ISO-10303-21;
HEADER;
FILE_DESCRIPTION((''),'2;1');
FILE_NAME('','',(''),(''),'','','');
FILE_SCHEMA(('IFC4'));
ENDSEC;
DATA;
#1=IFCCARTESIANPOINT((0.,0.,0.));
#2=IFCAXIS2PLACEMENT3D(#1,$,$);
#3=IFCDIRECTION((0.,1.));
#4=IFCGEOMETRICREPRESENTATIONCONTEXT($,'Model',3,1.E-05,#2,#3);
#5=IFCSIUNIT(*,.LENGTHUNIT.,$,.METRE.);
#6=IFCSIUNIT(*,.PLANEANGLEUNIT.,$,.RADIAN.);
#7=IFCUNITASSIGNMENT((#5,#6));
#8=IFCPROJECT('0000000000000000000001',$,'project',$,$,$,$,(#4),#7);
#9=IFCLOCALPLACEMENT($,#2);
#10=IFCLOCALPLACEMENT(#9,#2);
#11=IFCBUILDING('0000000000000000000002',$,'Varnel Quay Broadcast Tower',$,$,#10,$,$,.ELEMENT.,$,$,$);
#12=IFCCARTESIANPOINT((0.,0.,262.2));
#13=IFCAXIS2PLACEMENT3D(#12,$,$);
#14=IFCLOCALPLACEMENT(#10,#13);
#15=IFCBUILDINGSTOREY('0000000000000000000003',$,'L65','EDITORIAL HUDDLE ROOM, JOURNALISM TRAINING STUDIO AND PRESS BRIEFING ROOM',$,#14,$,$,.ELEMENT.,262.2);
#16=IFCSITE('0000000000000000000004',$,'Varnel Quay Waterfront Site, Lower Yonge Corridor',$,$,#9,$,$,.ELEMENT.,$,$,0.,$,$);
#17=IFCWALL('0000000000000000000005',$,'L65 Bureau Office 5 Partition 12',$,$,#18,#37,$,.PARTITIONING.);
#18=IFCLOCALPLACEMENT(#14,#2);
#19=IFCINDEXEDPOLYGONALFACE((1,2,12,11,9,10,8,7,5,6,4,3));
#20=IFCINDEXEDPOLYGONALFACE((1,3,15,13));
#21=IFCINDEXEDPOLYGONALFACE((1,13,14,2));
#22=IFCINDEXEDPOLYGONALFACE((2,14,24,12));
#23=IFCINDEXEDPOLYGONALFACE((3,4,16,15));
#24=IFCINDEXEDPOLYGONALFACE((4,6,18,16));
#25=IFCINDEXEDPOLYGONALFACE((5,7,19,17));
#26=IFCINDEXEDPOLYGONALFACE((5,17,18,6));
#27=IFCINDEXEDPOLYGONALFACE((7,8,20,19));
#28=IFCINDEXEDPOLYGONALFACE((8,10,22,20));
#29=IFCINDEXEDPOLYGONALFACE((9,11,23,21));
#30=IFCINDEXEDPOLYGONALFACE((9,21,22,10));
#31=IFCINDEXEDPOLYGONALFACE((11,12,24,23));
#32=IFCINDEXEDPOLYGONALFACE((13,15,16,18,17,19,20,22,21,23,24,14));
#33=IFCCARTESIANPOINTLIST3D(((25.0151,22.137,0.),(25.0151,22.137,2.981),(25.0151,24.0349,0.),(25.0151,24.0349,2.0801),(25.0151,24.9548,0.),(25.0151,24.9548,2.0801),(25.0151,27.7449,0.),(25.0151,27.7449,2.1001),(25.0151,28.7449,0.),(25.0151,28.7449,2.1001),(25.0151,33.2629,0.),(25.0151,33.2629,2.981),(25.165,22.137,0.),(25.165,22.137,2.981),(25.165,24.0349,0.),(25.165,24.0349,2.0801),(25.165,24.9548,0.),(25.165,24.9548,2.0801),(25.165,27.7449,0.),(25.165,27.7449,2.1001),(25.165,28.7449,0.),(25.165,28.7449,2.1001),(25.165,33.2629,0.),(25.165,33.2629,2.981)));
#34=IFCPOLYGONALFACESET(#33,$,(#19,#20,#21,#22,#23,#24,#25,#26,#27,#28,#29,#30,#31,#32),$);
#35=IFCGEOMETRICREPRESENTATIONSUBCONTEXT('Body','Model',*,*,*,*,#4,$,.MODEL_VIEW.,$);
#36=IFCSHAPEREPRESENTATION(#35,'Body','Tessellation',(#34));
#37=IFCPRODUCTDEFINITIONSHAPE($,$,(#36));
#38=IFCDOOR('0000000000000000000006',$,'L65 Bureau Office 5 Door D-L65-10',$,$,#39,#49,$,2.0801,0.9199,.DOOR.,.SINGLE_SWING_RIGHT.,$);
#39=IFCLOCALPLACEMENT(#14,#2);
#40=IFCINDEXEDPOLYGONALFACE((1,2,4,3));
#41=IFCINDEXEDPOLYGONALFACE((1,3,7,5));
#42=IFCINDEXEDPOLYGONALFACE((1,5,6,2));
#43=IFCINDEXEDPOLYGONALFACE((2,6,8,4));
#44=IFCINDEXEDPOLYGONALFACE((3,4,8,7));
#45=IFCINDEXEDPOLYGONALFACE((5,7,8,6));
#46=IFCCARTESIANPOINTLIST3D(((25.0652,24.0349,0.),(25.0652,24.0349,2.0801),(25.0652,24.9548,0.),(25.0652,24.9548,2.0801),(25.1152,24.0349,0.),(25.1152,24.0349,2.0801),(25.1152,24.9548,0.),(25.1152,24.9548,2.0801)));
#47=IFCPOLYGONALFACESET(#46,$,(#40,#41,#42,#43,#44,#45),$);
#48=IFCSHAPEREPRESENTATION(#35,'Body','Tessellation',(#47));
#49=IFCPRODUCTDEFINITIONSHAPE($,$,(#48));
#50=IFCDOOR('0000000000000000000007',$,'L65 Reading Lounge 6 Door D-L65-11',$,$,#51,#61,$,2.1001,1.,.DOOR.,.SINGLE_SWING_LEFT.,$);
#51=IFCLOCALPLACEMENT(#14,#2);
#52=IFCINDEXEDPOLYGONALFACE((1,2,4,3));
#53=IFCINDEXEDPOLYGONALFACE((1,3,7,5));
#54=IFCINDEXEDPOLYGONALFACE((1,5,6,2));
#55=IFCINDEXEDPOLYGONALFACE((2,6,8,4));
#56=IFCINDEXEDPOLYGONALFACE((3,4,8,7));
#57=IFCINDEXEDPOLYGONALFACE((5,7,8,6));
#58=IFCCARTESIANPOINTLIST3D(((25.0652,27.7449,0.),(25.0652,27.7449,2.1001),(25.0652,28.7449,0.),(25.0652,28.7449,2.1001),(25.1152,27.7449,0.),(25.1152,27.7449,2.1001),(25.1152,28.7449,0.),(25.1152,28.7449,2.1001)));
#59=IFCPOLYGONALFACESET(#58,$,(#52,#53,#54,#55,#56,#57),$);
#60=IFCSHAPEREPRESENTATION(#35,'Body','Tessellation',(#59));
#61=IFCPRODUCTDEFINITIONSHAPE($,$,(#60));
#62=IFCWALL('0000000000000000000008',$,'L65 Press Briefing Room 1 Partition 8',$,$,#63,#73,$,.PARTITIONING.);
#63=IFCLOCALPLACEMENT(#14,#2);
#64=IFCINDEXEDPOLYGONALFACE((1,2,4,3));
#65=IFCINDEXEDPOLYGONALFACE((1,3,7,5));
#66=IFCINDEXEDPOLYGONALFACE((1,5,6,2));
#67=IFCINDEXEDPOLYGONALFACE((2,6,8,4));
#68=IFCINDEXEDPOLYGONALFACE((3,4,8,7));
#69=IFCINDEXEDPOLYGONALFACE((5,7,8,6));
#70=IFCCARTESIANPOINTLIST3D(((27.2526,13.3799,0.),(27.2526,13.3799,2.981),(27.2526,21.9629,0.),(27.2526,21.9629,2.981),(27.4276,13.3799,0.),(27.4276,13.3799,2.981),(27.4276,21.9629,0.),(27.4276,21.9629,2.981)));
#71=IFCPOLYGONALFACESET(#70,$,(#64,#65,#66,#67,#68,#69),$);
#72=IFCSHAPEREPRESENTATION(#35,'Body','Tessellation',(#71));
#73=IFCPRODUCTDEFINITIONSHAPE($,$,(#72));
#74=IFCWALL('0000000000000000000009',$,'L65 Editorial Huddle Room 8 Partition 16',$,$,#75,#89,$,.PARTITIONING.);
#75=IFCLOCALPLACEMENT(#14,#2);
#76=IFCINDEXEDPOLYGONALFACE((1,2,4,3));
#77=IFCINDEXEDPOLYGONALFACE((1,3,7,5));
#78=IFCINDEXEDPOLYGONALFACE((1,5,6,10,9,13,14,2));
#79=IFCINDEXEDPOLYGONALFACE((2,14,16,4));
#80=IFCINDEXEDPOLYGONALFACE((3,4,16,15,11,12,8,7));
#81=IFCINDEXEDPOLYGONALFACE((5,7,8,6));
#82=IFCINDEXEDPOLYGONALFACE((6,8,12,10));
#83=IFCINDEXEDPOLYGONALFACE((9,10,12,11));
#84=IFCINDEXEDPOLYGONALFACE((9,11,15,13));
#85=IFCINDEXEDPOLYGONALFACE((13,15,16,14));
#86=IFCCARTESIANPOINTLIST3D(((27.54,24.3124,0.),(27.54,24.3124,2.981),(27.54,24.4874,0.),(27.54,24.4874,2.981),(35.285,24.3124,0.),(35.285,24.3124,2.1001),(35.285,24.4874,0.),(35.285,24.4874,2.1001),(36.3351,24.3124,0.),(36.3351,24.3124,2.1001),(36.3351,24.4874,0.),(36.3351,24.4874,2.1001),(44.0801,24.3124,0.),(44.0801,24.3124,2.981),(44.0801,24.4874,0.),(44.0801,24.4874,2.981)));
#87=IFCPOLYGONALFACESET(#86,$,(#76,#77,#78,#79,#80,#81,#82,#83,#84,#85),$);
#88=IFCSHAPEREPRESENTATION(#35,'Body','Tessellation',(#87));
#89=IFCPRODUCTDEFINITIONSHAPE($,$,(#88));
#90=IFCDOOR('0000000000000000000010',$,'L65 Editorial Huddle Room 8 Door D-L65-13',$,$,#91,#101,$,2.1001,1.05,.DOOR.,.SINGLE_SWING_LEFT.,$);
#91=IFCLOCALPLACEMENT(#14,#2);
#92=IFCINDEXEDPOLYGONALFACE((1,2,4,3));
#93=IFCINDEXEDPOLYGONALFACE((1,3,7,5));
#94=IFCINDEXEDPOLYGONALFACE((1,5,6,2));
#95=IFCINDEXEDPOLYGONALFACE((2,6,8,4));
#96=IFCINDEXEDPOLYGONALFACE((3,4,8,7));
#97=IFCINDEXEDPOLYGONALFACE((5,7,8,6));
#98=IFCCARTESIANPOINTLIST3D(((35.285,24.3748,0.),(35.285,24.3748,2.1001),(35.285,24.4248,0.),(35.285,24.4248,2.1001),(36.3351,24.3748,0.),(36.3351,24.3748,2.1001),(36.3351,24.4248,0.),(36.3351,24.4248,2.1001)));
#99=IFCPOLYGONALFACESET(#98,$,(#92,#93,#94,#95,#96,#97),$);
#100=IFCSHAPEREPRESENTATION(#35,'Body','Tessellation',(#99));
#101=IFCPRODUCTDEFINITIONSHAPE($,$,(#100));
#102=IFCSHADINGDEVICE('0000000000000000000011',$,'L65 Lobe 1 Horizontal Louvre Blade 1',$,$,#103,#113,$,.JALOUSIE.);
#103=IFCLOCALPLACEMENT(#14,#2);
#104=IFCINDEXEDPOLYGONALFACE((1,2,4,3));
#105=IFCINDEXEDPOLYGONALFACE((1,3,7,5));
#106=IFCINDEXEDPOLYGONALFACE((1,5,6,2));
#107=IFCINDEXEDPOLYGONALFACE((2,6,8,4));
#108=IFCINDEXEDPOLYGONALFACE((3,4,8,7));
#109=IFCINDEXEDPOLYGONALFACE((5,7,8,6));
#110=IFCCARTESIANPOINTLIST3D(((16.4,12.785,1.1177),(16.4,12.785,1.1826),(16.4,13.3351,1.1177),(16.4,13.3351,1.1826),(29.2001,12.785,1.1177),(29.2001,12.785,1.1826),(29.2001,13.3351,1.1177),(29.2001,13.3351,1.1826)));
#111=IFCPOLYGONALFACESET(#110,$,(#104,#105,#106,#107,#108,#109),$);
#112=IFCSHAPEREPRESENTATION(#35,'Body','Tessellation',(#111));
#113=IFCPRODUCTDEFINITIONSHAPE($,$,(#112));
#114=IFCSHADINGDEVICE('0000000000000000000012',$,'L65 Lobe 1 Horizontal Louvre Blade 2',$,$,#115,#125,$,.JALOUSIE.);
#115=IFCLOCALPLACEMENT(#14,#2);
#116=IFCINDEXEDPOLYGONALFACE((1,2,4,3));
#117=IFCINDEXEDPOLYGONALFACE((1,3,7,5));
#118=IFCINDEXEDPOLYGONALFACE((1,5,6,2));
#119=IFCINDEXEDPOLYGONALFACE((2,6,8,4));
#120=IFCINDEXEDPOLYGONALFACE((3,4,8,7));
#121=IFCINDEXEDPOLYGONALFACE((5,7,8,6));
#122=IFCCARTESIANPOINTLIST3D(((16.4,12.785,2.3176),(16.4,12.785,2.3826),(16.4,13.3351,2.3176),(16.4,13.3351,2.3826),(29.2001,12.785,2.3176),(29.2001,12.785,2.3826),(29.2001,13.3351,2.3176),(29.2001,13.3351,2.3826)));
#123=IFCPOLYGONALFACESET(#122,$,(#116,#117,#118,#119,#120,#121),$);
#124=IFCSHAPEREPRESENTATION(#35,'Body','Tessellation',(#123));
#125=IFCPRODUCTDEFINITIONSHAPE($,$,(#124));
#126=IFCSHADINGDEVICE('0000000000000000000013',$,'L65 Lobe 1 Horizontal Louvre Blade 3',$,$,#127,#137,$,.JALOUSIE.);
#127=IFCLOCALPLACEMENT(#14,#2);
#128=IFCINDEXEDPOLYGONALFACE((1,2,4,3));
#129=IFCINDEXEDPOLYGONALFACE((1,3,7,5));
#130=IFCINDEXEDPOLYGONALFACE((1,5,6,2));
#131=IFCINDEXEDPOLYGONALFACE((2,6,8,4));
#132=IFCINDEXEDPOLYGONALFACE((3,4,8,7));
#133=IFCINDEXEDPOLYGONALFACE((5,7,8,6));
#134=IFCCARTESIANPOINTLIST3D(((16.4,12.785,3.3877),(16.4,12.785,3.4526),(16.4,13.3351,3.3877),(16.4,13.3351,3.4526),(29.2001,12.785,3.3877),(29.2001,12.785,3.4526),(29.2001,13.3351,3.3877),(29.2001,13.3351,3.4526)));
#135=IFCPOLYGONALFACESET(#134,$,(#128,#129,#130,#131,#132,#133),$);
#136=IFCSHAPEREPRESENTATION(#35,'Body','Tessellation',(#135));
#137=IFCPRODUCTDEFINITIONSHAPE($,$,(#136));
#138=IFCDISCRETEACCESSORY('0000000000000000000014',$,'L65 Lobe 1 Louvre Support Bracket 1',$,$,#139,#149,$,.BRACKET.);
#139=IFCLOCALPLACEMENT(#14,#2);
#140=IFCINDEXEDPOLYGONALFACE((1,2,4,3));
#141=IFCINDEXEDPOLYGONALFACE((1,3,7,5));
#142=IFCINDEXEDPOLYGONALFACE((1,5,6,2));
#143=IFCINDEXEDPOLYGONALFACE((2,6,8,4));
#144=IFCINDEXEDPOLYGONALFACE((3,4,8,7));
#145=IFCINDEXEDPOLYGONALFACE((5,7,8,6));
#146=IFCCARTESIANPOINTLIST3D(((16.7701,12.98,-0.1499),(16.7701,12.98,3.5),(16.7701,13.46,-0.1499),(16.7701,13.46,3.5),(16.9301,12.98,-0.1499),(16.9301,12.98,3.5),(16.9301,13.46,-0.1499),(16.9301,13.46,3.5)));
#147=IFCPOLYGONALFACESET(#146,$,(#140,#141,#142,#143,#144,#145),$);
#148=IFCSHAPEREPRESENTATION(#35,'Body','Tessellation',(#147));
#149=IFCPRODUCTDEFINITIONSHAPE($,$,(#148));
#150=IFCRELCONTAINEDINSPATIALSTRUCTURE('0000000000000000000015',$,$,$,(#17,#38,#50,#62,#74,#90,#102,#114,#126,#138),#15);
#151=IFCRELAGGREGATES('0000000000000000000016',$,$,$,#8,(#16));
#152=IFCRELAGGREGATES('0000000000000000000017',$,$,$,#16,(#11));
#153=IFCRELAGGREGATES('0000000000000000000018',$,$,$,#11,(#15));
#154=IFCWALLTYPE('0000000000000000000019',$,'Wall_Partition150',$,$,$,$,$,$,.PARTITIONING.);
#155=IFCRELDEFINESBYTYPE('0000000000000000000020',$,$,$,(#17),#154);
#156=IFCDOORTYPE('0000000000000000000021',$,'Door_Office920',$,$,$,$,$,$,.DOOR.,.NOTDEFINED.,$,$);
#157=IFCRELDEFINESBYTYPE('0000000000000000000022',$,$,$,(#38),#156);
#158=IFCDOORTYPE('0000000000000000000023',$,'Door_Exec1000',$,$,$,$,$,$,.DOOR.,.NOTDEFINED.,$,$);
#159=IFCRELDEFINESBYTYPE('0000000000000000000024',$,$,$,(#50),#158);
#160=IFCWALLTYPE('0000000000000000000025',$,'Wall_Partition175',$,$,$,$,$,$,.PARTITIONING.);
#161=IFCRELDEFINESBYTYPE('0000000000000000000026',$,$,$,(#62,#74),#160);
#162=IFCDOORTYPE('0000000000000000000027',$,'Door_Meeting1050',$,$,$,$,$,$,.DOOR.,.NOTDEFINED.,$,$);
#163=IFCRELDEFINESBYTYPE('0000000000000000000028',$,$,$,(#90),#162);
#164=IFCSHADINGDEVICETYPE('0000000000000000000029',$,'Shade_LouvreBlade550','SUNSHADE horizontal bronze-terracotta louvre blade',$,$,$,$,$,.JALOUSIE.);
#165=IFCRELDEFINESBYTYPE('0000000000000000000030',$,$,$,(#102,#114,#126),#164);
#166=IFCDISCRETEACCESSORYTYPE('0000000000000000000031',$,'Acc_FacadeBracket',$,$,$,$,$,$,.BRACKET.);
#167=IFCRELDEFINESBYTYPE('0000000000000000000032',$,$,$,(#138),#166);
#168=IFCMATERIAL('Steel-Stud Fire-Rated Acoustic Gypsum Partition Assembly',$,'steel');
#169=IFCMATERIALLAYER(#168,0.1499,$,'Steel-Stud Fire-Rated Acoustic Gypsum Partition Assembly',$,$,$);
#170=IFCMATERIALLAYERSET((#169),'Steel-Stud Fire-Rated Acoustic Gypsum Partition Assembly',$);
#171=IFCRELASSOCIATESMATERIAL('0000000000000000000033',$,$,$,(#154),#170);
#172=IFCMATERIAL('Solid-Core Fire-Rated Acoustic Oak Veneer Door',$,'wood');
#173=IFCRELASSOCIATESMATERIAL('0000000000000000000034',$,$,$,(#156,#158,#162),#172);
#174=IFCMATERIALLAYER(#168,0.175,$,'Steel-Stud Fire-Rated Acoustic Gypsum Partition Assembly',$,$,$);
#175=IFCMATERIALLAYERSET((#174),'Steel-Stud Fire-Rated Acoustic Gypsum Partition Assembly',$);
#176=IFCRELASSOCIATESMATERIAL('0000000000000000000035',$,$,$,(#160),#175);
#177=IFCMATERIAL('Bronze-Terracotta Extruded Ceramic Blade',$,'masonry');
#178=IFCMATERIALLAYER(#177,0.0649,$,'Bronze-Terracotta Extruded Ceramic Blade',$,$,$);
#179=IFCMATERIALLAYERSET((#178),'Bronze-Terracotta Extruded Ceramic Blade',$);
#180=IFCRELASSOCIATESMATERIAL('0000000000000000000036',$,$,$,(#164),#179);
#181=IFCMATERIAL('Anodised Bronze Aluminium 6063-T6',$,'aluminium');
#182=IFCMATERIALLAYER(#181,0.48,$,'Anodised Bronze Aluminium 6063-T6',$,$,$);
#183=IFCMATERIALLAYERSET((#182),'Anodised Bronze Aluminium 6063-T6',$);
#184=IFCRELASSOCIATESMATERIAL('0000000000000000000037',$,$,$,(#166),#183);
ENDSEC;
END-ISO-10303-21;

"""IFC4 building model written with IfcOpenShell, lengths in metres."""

from ifc_helpers import new_model, si_unit, direction, frame, frame_2d, origin, origin_2d, place, context, subcontext, project, spatial, rectangle, extrude, source, transform, mapped, material, layer, layer_set, type_object, type_shapes, element, fill, save


model = new_model("IFC4")

# Units and contexts
model_context = context("Model", 3, precision=1e-05, world=origin(), true_north=direction((0.0, 1.0)))
body_context = subcontext(model_context, "Body", "Model", "MODEL_VIEW")
ifc_project = project(units=[si_unit("LENGTHUNIT", "METRE"), si_unit("PLANEANGLEUNIT", "RADIAN")], contexts=[model_context])

# Site, building, storey
site_placement = place(None, origin())
site = spatial("IfcSite", under=ifc_project, at=site_placement, Name="Varnel Quay Waterfront Site, Lower Yonge Corridor", CompositionType="ELEMENT", RefElevation=0.0)
building_placement = place(site_placement, origin())
building = spatial("IfcBuilding", under=site, at=building_placement, Name="Varnel Quay Broadcast Tower", CompositionType="ELEMENT")
storey_placement = place(building_placement, frame((0.0, 0.0, 262.2)))
storey = spatial("IfcBuildingStorey", under=building, at=storey_placement, Name="L65", Description="EDITORIAL HUDDLE ROOM, JOURNALISM TRAINING STUDIO AND PRESS BRIEFING ROOM", CompositionType="ELEMENT", Elevation=262.2)

# Shared definitions
ifc_material_1 = material(Name="Anodised Bronze Aluminium 6063-T6", Category="aluminium")

# Wall, openings, doors
ifc_material_2 = material(Name="Steel-Stud Fire-Rated Acoustic Gypsum Partition Assembly", Category="steel")
ifc_layer_1 = layer(ifc_material_2, 0.1499, Name="Steel-Stud Fire-Rated Acoustic Gypsum Partition Assembly")
ifc_layer_set_1 = layer_set([ifc_layer_1], Name="Steel-Stud Fire-Rated Acoustic Gypsum Partition Assembly")
wall_type_1 = type_object("IfcWallType", Name="Wall_Partition150", PredefinedType="PARTITIONING", material=ifc_layer_set_1)
wall_1_placement = place(storey_placement, frame((25.0901, 22.137, 0.0), z_axis=(0.0, 0.0, 1.0), x_axis=(0.0, 1.0, 0.0)))
wall_1 = element("IfcWall", 1, at=wall_1_placement, inside=storey, type_object=wall_type_1, Name="L65 Bureau Office 5 Partition 12", PredefinedType="PARTITIONING", context=body_context, shape_type="SweptSolid", body=[
    extrude(rectangle(XDim=11.126, YDim=0.1499, at=frame_2d((5.563, 0.0))), origin(), (0.0, 0.0, 1.0), 2.981),
])
opening_1_placement = place(wall_1_placement, frame((1.8979, 0.0, 0.0)))
opening_1 = element("IfcOpeningElement", 2, at=opening_1_placement, cuts=wall_1, PredefinedType="OPENING", context=body_context, shape_type="SweptSolid", body=[
    extrude(rectangle(XDim=0.9199, YDim=2.0801, at=frame_2d((0.46, 1.04))), frame((0.0, 0.085, 0.0), z_axis=(0.0, -1.0, 0.0), x_axis=(1.0, 0.0, 0.0)), (0.0, 0.0, 1.0), 0.1699),
])
opening_2_placement = place(wall_1_placement, frame((5.6079, 0.0, 0.0)))
opening_2 = element("IfcOpeningElement", 3, at=opening_2_placement, cuts=wall_1, PredefinedType="OPENING", context=body_context, shape_type="SweptSolid", body=[
    extrude(rectangle(XDim=1.0, YDim=2.1001, at=frame_2d((0.5, 1.05))), frame((0.0, 0.085, 0.0), z_axis=(0.0, -1.0, 0.0), x_axis=(1.0, 0.0, 0.0)), (0.0, 0.0, 1.0), 0.1699),
])
ifc_material_3 = material(Name="Solid-Core Fire-Rated Acoustic Oak Veneer Door", Category="wood")
door_type_1 = type_object("IfcDoorType", Name="Door_Office920", OperationType="NOTDEFINED", PredefinedType="DOOR", material=ifc_material_3)
shared_shape_1 = source(origin(), body_context, "Body", "SweptSolid", [
    extrude(rectangle(XDim=0.9199, YDim=2.0801, at=frame_2d((0.46, 1.04))), frame((0.0, 0.0249, 0.0), z_axis=(0.0, -1.0, 0.0), x_axis=(1.0, 0.0, 0.0)), (0.0, 0.0, 1.0), 0.05),
])
type_shapes(door_type_1, [shared_shape_1])
door_1_placement = place(opening_1_placement, origin())
door_1 = element("IfcDoor", 4, at=door_1_placement, inside=storey, type_object=door_type_1, Name="L65 Bureau Office 5 Door D-L65-10", OperationType="SINGLE_SWING_RIGHT", OverallHeight=2.0801, OverallWidth=0.9199, PredefinedType="DOOR", context=body_context, shape_type="MappedRepresentation", body=[
    mapped(shared_shape_1, transform((0.0, 0.0, 0.0), x_axis=(1.0, 0.0, 0.0), y_axis=(0.0, 1.0, 0.0), z_axis=(0.0, 0.0, 1.0), scale=1.0)),
])
fill(opening_1, door_1)
door_type_2 = type_object("IfcDoorType", Name="Door_Exec1000", OperationType="NOTDEFINED", PredefinedType="DOOR", material=ifc_material_3)
shared_shape_2 = source(origin(), body_context, "Body", "SweptSolid", [
    extrude(rectangle(XDim=1.0, YDim=2.1001, at=frame_2d((0.5, 1.05))), frame((0.0, 0.0249, 0.0), z_axis=(0.0, -1.0, 0.0), x_axis=(1.0, 0.0, 0.0)), (0.0, 0.0, 1.0), 0.05),
])
type_shapes(door_type_2, [shared_shape_2])
door_2_placement = place(opening_2_placement, origin())
door_2 = element("IfcDoor", 5, at=door_2_placement, inside=storey, type_object=door_type_2, Name="L65 Reading Lounge 6 Door D-L65-11", OperationType="SINGLE_SWING_LEFT", OverallHeight=2.1001, OverallWidth=1.0, PredefinedType="DOOR", context=body_context, shape_type="MappedRepresentation", body=[
    mapped(shared_shape_2, transform((0.0, 0.0, 0.0), x_axis=(1.0, 0.0, 0.0), y_axis=(0.0, 1.0, 0.0), z_axis=(0.0, 0.0, 1.0), scale=1.0)),
])
fill(opening_2, door_2)

# Wall
ifc_layer_2 = layer(ifc_material_2, 0.175, Name="Steel-Stud Fire-Rated Acoustic Gypsum Partition Assembly")
ifc_layer_set_2 = layer_set([ifc_layer_2], Name="Steel-Stud Fire-Rated Acoustic Gypsum Partition Assembly")
wall_type_2 = type_object("IfcWallType", Name="Wall_Partition175", PredefinedType="PARTITIONING", material=ifc_layer_set_2)
wall_2_placement = place(storey_placement, frame((27.3401, 13.3799, 0.0), z_axis=(0.0, 0.0, 1.0), x_axis=(0.0, 1.0, 0.0)))
element("IfcWall", 6, at=wall_2_placement, inside=storey, type_object=wall_type_2, Name="L65 Press Briefing Room 1 Partition 8", PredefinedType="PARTITIONING", context=body_context, shape_type="SweptSolid", body=[
    extrude(rectangle(XDim=8.583, YDim=0.175, at=frame_2d((4.2915, 0.0))), origin(), (0.0, 0.0, 1.0), 2.981),
])

# Wall, opening, door
wall_3_placement = place(storey_placement, frame((27.54, 24.3999, 0.0), z_axis=(0.0, 0.0, 1.0), x_axis=(1.0, 0.0, 0.0)))
wall_3 = element("IfcWall", 7, at=wall_3_placement, inside=storey, type_object=wall_type_2, Name="L65 Editorial Huddle Room 8 Partition 16", PredefinedType="PARTITIONING", context=body_context, shape_type="SweptSolid", body=[
    extrude(rectangle(XDim=16.54, YDim=0.175, at=frame_2d((8.27, 0.0))), origin(), (0.0, 0.0, 1.0), 2.981),
])
opening_3_placement = place(wall_3_placement, frame((7.7451, 0.0, 0.0)))
opening_3 = element("IfcOpeningElement", 8, at=opening_3_placement, cuts=wall_3, PredefinedType="OPENING", context=body_context, shape_type="SweptSolid", body=[
    extrude(rectangle(XDim=1.05, YDim=2.1001, at=frame_2d((0.5249, 1.05))), frame((0.0, 0.0977, 0.0), z_axis=(0.0, -1.0, 0.0), x_axis=(1.0, 0.0, 0.0)), (0.0, 0.0, 1.0), 0.1951),
])
door_type_3 = type_object("IfcDoorType", Name="Door_Meeting1050", OperationType="NOTDEFINED", PredefinedType="DOOR", material=ifc_material_3)
shared_shape_3 = source(origin(), body_context, "Body", "SweptSolid", [
    extrude(rectangle(XDim=1.05, YDim=2.1001, at=frame_2d((0.5249, 1.05))), frame((0.0, 0.0249, 0.0), z_axis=(0.0, -1.0, 0.0), x_axis=(1.0, 0.0, 0.0)), (0.0, 0.0, 1.0), 0.05),
])
type_shapes(door_type_3, [shared_shape_3])
door_3_placement = place(opening_3_placement, origin())
door_3 = element("IfcDoor", 9, at=door_3_placement, inside=storey, type_object=door_type_3, Name="L65 Editorial Huddle Room 8 Door D-L65-13", OperationType="SINGLE_SWING_LEFT", OverallHeight=2.1001, OverallWidth=1.05, PredefinedType="DOOR", context=body_context, shape_type="MappedRepresentation", body=[
    mapped(shared_shape_3, transform((0.0, 0.0, 0.0), x_axis=(1.0, 0.0, 0.0), y_axis=(0.0, 1.0, 0.0), z_axis=(0.0, 0.0, 1.0), scale=1.0)),
])
fill(opening_3, door_3)

# Shading devices
ifc_material_4 = material(Name="Bronze-Terracotta Extruded Ceramic Blade", Category="masonry")
ifc_layer_3 = layer(ifc_material_4, 0.0649, Name="Bronze-Terracotta Extruded Ceramic Blade")
ifc_layer_set_3 = layer_set([ifc_layer_3], Name="Bronze-Terracotta Extruded Ceramic Blade")
shading_device_type = type_object("IfcShadingDeviceType", Name="Shade_LouvreBlade550", Description="SUNSHADE horizontal bronze-terracotta louvre blade", PredefinedType="JALOUSIE", material=ifc_layer_set_3)
shared_shape_4 = source(origin(), body_context, "Body", "SweptSolid", [
    extrude(rectangle(XDim=12.8, YDim=0.55, at=origin_2d()), origin(), (0.0, 0.0, 1.0), 0.0649),
])
type_shapes(shading_device_type, [shared_shape_4])
for number, where, z_axis, x_axis, name in (
    (10, (22.8, 13.0601, 1.1177), (0.0, 0.0, 1.0), (1.0, 0.0, 0.0), "L65 Lobe 1 Horizontal Louvre Blade 1"),
    (11, (22.8, 13.0601, 2.3176), (0.0, 0.0, 1.0), (1.0, 0.0, 0.0), "L65 Lobe 1 Horizontal Louvre Blade 2"),
    (12, (22.8, 13.0601, 3.3877), (0.0, 0.0, 1.0), (1.0, 0.0, 0.0), "L65 Lobe 1 Horizontal Louvre Blade 3"),
):
    element("IfcShadingDevice", number, at=place(storey_placement, frame(where, z_axis=z_axis, x_axis=x_axis)), inside=storey, type_object=shading_device_type, Name=name, PredefinedType="JALOUSIE", context=body_context, shape_type="MappedRepresentation", body=[
        mapped(shared_shape_4, transform((0.0, 0.0, 0.0), x_axis=(1.0, 0.0, 0.0), y_axis=(0.0, 1.0, 0.0), z_axis=(0.0, 0.0, 1.0), scale=1.0)),
    ])

# Discrete accessory
ifc_layer_4 = layer(ifc_material_1, 0.48, Name="Anodised Bronze Aluminium 6063-T6")
ifc_layer_set_4 = layer_set([ifc_layer_4], Name="Anodised Bronze Aluminium 6063-T6")
discrete_accessory_type = type_object("IfcDiscreteAccessoryType", Name="Acc_FacadeBracket", PredefinedType="BRACKET", material=ifc_layer_set_4)
shared_shape_5 = source(origin(), body_context, "Body", "SweptSolid", [
    extrude(rectangle(XDim=0.1599, YDim=0.48, at=origin_2d()), origin(), (0.0, 0.0, 1.0), 3.6499),
])
type_shapes(discrete_accessory_type, [shared_shape_5])
discrete_accessory_placement = place(storey_placement, frame((16.8501, 13.22, -0.1499), z_axis=(0.0, 0.0, 1.0), x_axis=(1.0, 0.0, 0.0)))
element("IfcDiscreteAccessory", 13, at=discrete_accessory_placement, inside=storey, type_object=discrete_accessory_type, Name="L65 Lobe 1 Louvre Support Bracket 1", PredefinedType="BRACKET", context=body_context, shape_type="MappedRepresentation", body=[
    mapped(shared_shape_5, transform((0.0, 0.0, 0.0), x_axis=(1.0, 0.0, 0.0), y_axis=(0.0, 1.0, 0.0), z_axis=(0.0, 0.0, 1.0), scale=1.0)),
])

save(model, "model.ifc")
